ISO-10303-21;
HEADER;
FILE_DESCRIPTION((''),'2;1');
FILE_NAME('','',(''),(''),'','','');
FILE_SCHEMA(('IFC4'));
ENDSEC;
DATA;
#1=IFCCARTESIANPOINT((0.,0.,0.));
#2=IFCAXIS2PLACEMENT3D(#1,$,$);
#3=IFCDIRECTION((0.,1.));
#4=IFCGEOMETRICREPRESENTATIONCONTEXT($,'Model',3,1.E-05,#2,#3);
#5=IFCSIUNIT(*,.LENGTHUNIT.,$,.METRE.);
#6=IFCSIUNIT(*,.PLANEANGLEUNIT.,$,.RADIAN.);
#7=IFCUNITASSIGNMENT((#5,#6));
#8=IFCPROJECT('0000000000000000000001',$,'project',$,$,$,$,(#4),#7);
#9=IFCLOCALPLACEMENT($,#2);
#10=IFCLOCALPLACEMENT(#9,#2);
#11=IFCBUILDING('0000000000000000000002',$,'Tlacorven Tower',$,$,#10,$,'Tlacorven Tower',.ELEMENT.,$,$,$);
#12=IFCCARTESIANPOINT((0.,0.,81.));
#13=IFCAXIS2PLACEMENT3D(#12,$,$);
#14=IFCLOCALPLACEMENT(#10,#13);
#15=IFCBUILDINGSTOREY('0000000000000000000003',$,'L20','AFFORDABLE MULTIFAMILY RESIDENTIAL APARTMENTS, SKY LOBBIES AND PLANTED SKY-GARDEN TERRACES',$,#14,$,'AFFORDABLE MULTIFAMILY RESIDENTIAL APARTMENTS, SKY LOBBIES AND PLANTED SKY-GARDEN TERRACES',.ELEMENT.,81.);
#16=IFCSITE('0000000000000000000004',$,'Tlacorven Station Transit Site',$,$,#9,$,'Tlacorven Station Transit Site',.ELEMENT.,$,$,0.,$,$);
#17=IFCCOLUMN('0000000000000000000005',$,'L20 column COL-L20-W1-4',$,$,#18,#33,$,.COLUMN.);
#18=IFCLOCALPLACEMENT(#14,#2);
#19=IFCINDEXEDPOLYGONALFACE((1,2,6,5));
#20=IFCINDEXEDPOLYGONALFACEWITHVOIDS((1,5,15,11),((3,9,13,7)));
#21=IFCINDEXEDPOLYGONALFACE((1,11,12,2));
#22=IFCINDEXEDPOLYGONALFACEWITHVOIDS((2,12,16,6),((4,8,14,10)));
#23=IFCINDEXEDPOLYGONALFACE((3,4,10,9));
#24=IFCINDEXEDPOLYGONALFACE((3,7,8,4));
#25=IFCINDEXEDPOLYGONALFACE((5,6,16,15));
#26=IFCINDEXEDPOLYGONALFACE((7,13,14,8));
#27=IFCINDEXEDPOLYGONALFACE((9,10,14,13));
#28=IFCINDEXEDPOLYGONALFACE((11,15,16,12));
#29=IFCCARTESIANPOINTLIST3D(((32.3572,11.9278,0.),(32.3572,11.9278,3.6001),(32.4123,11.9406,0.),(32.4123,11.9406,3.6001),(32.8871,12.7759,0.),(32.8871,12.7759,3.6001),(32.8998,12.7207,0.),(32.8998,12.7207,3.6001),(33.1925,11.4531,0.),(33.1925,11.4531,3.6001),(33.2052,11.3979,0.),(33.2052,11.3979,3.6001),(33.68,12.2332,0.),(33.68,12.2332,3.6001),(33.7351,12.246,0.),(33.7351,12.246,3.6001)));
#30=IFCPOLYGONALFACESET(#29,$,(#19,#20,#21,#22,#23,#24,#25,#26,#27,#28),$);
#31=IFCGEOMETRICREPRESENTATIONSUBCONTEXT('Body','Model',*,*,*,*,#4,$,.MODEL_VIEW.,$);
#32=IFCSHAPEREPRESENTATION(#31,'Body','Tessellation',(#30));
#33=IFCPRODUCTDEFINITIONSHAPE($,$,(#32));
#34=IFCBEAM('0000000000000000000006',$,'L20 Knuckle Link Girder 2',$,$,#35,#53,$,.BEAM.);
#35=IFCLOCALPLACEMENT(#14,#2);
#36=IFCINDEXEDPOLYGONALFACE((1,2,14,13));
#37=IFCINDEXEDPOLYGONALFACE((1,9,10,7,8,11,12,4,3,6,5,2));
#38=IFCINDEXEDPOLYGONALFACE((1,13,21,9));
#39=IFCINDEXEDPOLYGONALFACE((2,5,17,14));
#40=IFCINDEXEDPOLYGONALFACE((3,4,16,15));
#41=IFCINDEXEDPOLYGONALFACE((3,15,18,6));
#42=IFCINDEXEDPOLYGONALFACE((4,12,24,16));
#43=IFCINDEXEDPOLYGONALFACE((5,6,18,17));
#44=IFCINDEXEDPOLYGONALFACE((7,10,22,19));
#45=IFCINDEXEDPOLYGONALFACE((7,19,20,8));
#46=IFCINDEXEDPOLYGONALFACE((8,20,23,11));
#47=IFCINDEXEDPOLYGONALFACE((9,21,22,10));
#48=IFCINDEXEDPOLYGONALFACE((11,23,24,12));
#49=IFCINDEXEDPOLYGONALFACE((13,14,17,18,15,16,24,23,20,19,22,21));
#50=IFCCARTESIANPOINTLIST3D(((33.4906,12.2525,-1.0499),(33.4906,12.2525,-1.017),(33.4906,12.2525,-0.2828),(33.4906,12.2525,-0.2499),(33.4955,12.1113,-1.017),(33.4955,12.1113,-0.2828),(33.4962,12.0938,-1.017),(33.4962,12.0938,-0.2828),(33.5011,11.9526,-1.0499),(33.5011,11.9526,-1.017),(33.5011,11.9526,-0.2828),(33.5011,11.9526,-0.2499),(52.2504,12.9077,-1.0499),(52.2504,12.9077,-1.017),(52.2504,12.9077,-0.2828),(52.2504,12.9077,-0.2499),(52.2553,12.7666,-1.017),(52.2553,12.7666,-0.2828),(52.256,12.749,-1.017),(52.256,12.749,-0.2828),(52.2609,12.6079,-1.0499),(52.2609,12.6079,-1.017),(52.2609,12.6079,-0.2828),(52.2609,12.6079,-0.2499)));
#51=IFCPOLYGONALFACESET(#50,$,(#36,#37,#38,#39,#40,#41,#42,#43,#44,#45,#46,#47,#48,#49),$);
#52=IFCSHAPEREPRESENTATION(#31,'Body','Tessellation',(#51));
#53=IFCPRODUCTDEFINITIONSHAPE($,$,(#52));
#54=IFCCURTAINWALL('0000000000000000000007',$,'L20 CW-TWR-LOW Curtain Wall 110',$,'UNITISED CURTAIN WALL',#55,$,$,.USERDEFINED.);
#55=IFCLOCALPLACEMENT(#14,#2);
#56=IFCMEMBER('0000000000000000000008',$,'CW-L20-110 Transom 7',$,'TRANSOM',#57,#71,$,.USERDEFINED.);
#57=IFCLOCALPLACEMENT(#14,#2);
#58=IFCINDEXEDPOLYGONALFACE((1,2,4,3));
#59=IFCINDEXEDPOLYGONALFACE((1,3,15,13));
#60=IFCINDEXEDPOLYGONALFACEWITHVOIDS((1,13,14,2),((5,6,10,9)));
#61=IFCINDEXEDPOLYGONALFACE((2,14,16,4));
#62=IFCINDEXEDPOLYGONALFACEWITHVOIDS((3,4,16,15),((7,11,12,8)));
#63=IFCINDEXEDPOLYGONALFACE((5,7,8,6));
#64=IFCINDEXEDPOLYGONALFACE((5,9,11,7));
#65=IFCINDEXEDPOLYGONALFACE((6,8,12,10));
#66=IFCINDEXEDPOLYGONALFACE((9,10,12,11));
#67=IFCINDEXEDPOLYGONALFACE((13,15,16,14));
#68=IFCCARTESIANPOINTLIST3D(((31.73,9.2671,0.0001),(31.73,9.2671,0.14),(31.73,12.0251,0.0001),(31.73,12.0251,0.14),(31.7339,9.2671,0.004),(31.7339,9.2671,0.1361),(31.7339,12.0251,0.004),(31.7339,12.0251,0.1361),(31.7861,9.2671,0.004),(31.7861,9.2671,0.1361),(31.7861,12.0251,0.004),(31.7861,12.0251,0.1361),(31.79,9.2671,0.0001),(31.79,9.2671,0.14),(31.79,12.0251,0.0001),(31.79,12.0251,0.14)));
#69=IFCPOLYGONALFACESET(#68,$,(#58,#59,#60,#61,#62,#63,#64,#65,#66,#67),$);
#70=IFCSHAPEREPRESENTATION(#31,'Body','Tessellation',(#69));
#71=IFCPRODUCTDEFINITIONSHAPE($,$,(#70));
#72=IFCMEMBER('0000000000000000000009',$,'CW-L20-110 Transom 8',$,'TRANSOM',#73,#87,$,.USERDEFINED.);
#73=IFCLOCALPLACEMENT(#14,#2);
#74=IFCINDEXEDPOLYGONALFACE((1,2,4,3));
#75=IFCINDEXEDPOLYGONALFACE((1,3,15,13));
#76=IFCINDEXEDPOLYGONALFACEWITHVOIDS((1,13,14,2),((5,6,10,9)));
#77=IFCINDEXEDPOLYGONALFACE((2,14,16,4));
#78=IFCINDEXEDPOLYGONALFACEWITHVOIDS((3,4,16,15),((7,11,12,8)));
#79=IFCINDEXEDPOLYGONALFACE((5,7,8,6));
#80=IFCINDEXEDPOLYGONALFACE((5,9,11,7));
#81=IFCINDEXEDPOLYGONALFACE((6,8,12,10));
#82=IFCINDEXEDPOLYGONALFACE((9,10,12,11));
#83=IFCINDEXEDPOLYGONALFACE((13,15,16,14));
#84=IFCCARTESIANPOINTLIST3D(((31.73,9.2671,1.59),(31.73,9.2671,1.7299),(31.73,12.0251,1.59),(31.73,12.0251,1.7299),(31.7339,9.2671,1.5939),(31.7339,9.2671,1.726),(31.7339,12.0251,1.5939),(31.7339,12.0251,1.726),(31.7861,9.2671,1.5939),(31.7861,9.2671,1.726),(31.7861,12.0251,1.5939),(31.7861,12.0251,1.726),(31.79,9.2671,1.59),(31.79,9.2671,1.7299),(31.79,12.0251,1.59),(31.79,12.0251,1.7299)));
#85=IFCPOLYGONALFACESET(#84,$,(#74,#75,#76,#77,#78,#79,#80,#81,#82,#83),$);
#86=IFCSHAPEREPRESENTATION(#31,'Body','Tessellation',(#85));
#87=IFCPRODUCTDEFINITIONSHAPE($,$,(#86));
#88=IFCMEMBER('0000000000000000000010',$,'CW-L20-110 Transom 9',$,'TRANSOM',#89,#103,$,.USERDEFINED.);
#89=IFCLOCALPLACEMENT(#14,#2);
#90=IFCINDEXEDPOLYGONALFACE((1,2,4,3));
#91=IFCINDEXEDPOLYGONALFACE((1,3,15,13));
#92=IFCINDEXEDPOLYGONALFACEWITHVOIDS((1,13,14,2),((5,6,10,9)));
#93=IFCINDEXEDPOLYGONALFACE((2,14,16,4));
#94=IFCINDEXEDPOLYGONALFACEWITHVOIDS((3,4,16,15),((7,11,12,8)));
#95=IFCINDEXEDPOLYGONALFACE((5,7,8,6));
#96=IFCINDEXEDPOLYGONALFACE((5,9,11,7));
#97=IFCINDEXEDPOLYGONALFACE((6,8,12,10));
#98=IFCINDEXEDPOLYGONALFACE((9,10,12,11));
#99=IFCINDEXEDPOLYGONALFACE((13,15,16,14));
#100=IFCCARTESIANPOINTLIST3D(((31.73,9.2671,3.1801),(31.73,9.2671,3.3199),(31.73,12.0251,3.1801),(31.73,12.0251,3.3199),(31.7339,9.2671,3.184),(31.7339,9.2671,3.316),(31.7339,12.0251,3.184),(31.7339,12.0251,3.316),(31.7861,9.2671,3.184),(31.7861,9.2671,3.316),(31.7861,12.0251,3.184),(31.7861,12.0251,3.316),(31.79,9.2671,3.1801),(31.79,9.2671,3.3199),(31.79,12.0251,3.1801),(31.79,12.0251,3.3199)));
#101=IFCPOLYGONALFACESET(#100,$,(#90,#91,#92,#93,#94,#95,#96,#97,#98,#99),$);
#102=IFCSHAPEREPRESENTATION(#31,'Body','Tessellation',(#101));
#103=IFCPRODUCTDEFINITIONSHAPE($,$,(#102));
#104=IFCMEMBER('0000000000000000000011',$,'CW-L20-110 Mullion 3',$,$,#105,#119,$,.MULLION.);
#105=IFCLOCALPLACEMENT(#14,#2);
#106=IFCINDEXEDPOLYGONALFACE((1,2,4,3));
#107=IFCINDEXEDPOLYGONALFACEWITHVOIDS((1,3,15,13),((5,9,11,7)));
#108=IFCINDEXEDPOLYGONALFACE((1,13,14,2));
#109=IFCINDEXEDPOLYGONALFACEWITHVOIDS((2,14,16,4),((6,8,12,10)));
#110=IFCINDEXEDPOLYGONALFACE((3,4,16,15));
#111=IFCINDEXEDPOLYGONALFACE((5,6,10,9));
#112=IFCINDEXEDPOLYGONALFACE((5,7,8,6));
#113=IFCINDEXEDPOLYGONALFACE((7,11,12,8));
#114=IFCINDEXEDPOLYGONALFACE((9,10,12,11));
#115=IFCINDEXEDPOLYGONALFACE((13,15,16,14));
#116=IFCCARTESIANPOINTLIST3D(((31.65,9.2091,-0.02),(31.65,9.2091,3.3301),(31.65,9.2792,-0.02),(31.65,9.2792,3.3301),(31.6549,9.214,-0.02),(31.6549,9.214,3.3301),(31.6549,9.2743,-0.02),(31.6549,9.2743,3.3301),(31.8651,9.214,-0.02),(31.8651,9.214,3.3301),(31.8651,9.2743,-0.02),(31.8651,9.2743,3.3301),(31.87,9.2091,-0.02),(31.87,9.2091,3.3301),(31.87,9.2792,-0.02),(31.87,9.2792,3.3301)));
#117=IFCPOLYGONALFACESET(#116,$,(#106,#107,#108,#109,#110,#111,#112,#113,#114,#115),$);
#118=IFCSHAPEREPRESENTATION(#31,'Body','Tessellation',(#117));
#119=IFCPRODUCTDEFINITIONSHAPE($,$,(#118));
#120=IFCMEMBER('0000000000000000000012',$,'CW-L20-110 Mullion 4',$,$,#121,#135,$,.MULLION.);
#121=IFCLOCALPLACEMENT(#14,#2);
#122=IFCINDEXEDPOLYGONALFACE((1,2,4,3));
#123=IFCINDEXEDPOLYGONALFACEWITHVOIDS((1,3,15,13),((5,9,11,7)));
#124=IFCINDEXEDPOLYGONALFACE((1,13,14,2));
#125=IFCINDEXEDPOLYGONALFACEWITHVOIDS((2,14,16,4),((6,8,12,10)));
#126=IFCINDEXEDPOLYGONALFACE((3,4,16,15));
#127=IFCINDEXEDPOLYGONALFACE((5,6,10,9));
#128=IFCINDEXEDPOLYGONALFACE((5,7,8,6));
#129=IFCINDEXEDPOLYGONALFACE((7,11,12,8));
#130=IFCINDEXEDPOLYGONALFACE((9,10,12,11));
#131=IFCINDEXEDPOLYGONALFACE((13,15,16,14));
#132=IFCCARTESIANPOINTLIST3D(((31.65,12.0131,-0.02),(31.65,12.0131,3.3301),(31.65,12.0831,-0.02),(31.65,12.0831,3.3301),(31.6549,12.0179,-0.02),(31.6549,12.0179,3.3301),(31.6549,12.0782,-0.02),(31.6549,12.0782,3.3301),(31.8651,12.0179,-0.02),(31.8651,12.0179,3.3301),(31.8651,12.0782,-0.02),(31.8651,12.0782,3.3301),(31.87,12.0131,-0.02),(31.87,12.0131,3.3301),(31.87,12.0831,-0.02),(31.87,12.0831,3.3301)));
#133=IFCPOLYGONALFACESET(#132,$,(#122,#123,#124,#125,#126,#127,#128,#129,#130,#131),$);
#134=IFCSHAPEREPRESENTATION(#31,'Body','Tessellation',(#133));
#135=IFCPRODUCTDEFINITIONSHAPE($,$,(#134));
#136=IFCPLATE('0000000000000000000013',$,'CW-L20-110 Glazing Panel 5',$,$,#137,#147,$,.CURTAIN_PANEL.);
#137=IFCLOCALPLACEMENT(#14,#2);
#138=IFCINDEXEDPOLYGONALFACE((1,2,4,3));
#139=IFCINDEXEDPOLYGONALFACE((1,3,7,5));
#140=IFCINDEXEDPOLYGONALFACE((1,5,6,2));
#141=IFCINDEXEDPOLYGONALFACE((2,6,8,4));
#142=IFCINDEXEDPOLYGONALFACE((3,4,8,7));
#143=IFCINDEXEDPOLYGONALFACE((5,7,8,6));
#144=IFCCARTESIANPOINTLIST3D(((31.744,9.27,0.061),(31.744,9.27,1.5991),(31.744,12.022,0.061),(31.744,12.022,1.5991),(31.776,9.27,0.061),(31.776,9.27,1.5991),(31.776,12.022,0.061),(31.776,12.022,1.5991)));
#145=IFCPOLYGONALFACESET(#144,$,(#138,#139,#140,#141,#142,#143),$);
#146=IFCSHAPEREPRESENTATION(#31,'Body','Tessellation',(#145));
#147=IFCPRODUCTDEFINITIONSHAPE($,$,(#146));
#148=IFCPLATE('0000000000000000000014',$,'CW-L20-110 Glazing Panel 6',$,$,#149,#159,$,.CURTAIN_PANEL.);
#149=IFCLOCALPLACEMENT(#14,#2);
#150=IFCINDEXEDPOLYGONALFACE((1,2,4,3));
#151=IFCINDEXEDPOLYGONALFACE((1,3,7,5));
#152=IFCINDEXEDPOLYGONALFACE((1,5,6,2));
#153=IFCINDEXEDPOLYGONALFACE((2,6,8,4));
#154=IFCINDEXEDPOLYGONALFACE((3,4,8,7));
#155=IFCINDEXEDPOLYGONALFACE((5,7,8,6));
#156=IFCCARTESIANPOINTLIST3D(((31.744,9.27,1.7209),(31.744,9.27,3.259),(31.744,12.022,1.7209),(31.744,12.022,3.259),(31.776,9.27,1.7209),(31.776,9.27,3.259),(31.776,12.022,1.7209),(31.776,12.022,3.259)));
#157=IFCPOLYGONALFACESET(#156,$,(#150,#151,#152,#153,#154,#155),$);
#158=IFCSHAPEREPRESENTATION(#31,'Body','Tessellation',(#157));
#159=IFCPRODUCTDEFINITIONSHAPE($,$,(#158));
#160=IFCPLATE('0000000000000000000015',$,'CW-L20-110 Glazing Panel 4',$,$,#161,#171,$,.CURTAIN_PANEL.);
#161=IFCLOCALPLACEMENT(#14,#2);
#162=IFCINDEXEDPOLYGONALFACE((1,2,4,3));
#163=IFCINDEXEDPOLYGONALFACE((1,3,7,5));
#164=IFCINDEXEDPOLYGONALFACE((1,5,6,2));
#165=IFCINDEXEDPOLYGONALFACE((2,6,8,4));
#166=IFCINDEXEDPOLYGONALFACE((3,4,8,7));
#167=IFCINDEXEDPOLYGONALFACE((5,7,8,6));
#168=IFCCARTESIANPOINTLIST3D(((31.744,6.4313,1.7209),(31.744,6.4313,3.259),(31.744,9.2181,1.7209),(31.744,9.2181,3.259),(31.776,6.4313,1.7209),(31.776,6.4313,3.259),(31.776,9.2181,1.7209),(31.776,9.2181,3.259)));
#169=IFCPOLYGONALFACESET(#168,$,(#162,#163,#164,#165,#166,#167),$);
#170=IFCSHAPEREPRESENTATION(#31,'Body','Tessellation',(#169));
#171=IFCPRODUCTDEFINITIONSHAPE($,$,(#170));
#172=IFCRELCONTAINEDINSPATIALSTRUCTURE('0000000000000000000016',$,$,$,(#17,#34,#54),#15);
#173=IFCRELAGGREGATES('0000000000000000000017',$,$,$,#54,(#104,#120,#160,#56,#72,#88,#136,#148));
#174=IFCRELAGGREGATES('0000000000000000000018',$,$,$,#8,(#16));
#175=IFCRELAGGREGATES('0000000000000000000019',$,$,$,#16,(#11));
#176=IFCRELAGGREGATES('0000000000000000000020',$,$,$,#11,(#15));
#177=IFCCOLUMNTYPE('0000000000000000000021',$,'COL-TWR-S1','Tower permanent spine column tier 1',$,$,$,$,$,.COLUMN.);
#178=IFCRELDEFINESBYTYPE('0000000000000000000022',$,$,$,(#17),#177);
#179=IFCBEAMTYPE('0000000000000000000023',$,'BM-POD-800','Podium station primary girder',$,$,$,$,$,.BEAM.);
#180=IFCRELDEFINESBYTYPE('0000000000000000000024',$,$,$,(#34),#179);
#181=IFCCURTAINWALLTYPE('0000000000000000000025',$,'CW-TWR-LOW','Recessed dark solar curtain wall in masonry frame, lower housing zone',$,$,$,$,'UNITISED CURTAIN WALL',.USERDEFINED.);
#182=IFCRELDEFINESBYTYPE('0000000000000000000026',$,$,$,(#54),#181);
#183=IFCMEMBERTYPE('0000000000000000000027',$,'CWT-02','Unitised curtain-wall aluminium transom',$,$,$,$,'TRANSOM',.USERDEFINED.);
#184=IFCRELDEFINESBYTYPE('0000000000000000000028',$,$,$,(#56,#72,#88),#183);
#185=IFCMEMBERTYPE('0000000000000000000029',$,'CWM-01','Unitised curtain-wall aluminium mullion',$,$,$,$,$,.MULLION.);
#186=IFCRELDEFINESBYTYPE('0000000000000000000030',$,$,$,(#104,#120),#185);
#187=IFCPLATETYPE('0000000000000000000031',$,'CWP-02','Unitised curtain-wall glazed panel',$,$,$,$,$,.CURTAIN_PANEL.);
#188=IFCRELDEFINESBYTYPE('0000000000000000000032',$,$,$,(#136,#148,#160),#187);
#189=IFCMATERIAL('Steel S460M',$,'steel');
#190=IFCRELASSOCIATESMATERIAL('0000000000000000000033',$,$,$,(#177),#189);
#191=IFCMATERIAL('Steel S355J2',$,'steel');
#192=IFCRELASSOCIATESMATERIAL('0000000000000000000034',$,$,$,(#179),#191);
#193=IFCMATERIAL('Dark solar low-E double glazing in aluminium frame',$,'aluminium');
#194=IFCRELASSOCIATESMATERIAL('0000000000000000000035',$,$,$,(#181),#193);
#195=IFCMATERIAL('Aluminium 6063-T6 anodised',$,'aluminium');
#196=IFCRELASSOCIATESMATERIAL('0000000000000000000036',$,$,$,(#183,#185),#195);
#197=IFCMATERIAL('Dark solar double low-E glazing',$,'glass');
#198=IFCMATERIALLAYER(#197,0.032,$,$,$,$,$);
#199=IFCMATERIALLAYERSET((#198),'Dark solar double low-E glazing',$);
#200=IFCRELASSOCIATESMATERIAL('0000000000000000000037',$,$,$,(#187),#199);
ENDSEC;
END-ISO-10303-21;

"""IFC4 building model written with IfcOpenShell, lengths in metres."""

from ifc_helpers import new_model, si_unit, direction, frame, origin, origin_2d, place, context, subcontext, project, spatial, rectangle, hollow_rectangle, i_section, extrude, source, transform, mapped, material, layer, layer_set, material_profile, profile_set, type_object, element, aggregate, save


model = new_model("IFC4")

# Units and contexts
model_context = context("Model", 3, precision=1e-05, world=origin(), true_north=direction((0.0, 1.0)))
body_context = subcontext(model_context, "Body", "Model", "MODEL_VIEW")
ifc_project = project(units=[si_unit("LENGTHUNIT", "METRE"), si_unit("PLANEANGLEUNIT", "RADIAN")], contexts=[model_context])

# Site, building, storey
site_placement = place(None, origin())
site = spatial("IfcSite", under=ifc_project, at=site_placement, Name="Tlacorven Station Transit Site", LongName="Tlacorven Station Transit Site", CompositionType="ELEMENT", RefElevation=0.0)
building_placement = place(site_placement, origin())
building = spatial("IfcBuilding", under=site, at=building_placement, Name="Tlacorven Tower", LongName="Tlacorven Tower", CompositionType="ELEMENT")
storey_placement = place(building_placement, frame((0.0, 0.0, 81.0)))
storey = spatial("IfcBuildingStorey", under=building, at=storey_placement, Name="L20", Description="AFFORDABLE MULTIFAMILY RESIDENTIAL APARTMENTS, SKY LOBBIES AND PLANTED SKY-GARDEN TERRACES", LongName="AFFORDABLE MULTIFAMILY RESIDENTIAL APARTMENTS, SKY LOBBIES AND PLANTED SKY-GARDEN TERRACES", CompositionType="ELEMENT", Elevation=81.0)

# Column
ifc_material_1 = material(Name="Steel S460M", Category="steel")
ifc_material_profile_1 = material_profile(ifc_material_1, hollow_rectangle(XDim=1.0, YDim=1.0, WallThickness=0.04, at=origin_2d()), Name="BOX 1000X1000X40")
ifc_profile_set_1 = profile_set([ifc_material_profile_1], Name="Steel S460M")
column_type = type_object("IfcColumnType", Name="COL-TWR-S1", Description="Tower permanent spine column tier 1", PredefinedType="COLUMN", material=ifc_profile_set_1)
shared_shape_1 = source(origin(), body_context, "Body", "SweptSolid", [
    extrude(hollow_rectangle(XDim=1.0, YDim=1.0, WallThickness=0.04, at=origin_2d()), origin(), (0.0, 0.0, 1.0), 3.6001),
])
column_placement = place(storey_placement, frame((33.0461, 12.0869, 0.0), z_axis=(0.0, 0.0, 1.0), x_axis=(-0.848048, 0.529919, 0.0)))
element("IfcColumn", 1, at=column_placement, inside=storey, type_object=column_type, Name="L20 column COL-L20-W1-4", PredefinedType="COLUMN", context=body_context, shape_type="MappedRepresentation", body=[
    mapped(shared_shape_1, transform((0.0, 0.0, 0.0), scale=1.0)),
])

# Beam
ifc_material_2 = material(Name="Steel S355J2", Category="steel")
ifc_material_profile_2 = material_profile(ifc_material_2, i_section(OverallWidth=0.3, OverallDepth=0.8, WebThickness=0.0176, FlangeThickness=0.033, at=origin_2d()), Name="HEB 800")
ifc_profile_set_2 = profile_set([ifc_material_profile_2], Name="Steel S355J2")
beam_type = type_object("IfcBeamType", Name="BM-POD-800", Description="Podium station primary girder", PredefinedType="BEAM", material=ifc_profile_set_2)
shared_shape_2 = source(origin(), body_context, "Body", "SweptSolid", [
    extrude(i_section(OverallWidth=0.3, OverallDepth=0.8, WebThickness=0.0176, FlangeThickness=0.033, at=origin_2d()), origin(), (0.0, 0.0, 1.0), 18.7712),
])
beam_placement = place(storey_placement, frame((33.4958, 12.1025, -0.6499), z_axis=(0.999391, 0.034908, 0.0), x_axis=(-0.034908, 0.999391, 0.0)))
element("IfcBeam", 2, at=beam_placement, inside=storey, type_object=beam_type, Name="L20 Knuckle Link Girder 2", PredefinedType="BEAM", context=body_context, shape_type="MappedRepresentation", body=[
    mapped(shared_shape_2, transform((0.0, 0.0, 0.0), scale=1.0)),
])

# Curtain wall, members, plates
ifc_material_3 = material(Name="Dark solar low-E double glazing in aluminium frame", Category="aluminium")
curtain_wall_type = type_object("IfcCurtainWallType", Name="CW-TWR-LOW", Description="Recessed dark solar curtain wall in masonry frame, lower housing zone", ElementType="UNITISED CURTAIN WALL", PredefinedType="USERDEFINED", material=ifc_material_3)
curtain_wall_placement = place(storey_placement, origin())
curtain_wall = element("IfcCurtainWall", 3, at=curtain_wall_placement, inside=storey, type_object=curtain_wall_type, Name="L20 CW-TWR-LOW Curtain Wall 110", ObjectType="UNITISED CURTAIN WALL", PredefinedType="USERDEFINED")
ifc_material_4 = material(Name="Aluminium 6063-T6 anodised", Category="aluminium")
ifc_material_profile_3 = material_profile(ifc_material_4, hollow_rectangle(XDim=0.0601, YDim=0.1399, WallThickness=0.0039, at=origin_2d()), Name="ALU TRANSOM 60X140")
ifc_profile_set_3 = profile_set([ifc_material_profile_3], Name="Aluminium 6063-T6 anodised")
member_type_1 = type_object("IfcMemberType", Name="CWT-02", Description="Unitised curtain-wall aluminium transom", ElementType="TRANSOM", PredefinedType="USERDEFINED", material=ifc_profile_set_3)
shared_shape_3 = source(origin(), body_context, "Body", "SweptSolid", [
    extrude(hollow_rectangle(XDim=0.0601, YDim=0.1399, WallThickness=0.0039, at=origin_2d()), origin(), (0.0, 0.0, 1.0), 2.7581),
])
member_1_placement = place(storey_placement, frame((31.76, 9.2671, 0.0701), z_axis=(0.0, 1.0, 0.0), x_axis=(-1.0, 0.0, 0.0)))
member_1 = element("IfcMember", 4, at=member_1_placement, type_object=member_type_1, Name="CW-L20-110 Transom 7", ObjectType="TRANSOM", PredefinedType="USERDEFINED", context=body_context, shape_type="MappedRepresentation", body=[
    mapped(shared_shape_3, transform((0.0, 0.0, 0.0), scale=1.0)),
])
member_2_placement = place(storey_placement, frame((31.76, 9.2671, 1.6599), z_axis=(0.0, 1.0, 0.0), x_axis=(-1.0, 0.0, 0.0)))
member_2 = element("IfcMember", 5, at=member_2_placement, type_object=member_type_1, Name="CW-L20-110 Transom 8", ObjectType="TRANSOM", PredefinedType="USERDEFINED", context=body_context, shape_type="MappedRepresentation", body=[
    mapped(shared_shape_3, transform((0.0, 0.0, 0.0), scale=1.0)),
])
member_3_placement = place(storey_placement, frame((31.76, 9.2671, 3.25), z_axis=(0.0, 1.0, 0.0), x_axis=(-1.0, 0.0, 0.0)))
member_3 = element("IfcMember", 6, at=member_3_placement, type_object=member_type_1, Name="CW-L20-110 Transom 9", ObjectType="TRANSOM", PredefinedType="USERDEFINED", context=body_context, shape_type="MappedRepresentation", body=[
    mapped(shared_shape_3, transform((0.0, 0.0, 0.0), scale=1.0)),
])
ifc_material_profile_4 = material_profile(ifc_material_4, hollow_rectangle(XDim=0.0701, YDim=0.22, WallThickness=0.0049, at=origin_2d()), Name="ALU MULLION 70X220")
ifc_profile_set_4 = profile_set([ifc_material_profile_4], Name="Aluminium 6063-T6 anodised")
member_type_2 = type_object("IfcMemberType", Name="CWM-01", Description="Unitised curtain-wall aluminium mullion", PredefinedType="MULLION", material=ifc_profile_set_4)
shared_shape_4 = source(origin(), body_context, "Body", "SweptSolid", [
    extrude(hollow_rectangle(XDim=0.0701, YDim=0.22, WallThickness=0.0049, at=origin_2d()), origin(), (0.0, 0.0, 1.0), 3.3501),
])
member_4_placement = place(storey_placement, frame((31.76, 9.2441, -0.02), z_axis=(0.0, 0.0, 1.0), x_axis=(0.0, 1.0, 0.0)))
member_4 = element("IfcMember", 7, at=member_4_placement, type_object=member_type_2, Name="CW-L20-110 Mullion 3", PredefinedType="MULLION", context=body_context, shape_type="MappedRepresentation", body=[
    mapped(shared_shape_4, transform((0.0, 0.0, 0.0), scale=1.0)),
])
member_5_placement = place(storey_placement, frame((31.76, 12.0481, -0.02), z_axis=(0.0, 0.0, 1.0), x_axis=(0.0, 1.0, 0.0)))
member_5 = element("IfcMember", 8, at=member_5_placement, type_object=member_type_2, Name="CW-L20-110 Mullion 4", PredefinedType="MULLION", context=body_context, shape_type="MappedRepresentation", body=[
    mapped(shared_shape_4, transform((0.0, 0.0, 0.0), scale=1.0)),
])
ifc_material_5 = material(Name="Dark solar double low-E glazing", Category="glass")
ifc_layer_1 = layer(ifc_material_5, 0.032)
ifc_layer_set_1 = layer_set([ifc_layer_1], Name="Dark solar double low-E glazing")
plate_type = type_object("IfcPlateType", Name="CWP-02", Description="Unitised curtain-wall glazed panel", PredefinedType="CURTAIN_PANEL", material=ifc_layer_set_1)
shared_shape_5 = source(origin(), body_context, "Body", "SweptSolid", [
    extrude(rectangle(XDim=2.752, YDim=0.032, at=origin_2d()), origin(), (0.0, 0.0, 1.0), 1.5381),
])
plate_1_placement = place(storey_placement, frame((31.76, 10.646, 0.061), z_axis=(0.0, 0.0, 1.0), x_axis=(0.0, 1.0, 0.0)))
plate_1 = element("IfcPlate", 9, at=plate_1_placement, type_object=plate_type, Name="CW-L20-110 Glazing Panel 5", PredefinedType="CURTAIN_PANEL", context=body_context, shape_type="MappedRepresentation", body=[
    mapped(shared_shape_5, transform((0.0, 0.0, 0.0), scale=1.0)),
])
plate_2_placement = place(storey_placement, frame((31.76, 10.646, 1.7209), z_axis=(0.0, 0.0, 1.0), x_axis=(0.0, 1.0, 0.0)))
plate_2 = element("IfcPlate", 10, at=plate_2_placement, type_object=plate_type, Name="CW-L20-110 Glazing Panel 6", PredefinedType="CURTAIN_PANEL", context=body_context, shape_type="MappedRepresentation", body=[
    mapped(shared_shape_5, transform((0.0, 0.0, 0.0), scale=1.0)),
])
shared_shape_6 = source(origin(), body_context, "Body", "SweptSolid", [
    extrude(rectangle(XDim=2.7869, YDim=0.032, at=origin_2d()), origin(), (0.0, 0.0, 1.0), 1.5381),
])
plate_3_placement = place(storey_placement, frame((31.76, 7.8247, 1.7209), z_axis=(0.0, 0.0, 1.0), x_axis=(0.0, 1.0, 0.0)))
plate_3 = element("IfcPlate", 11, at=plate_3_placement, type_object=plate_type, Name="CW-L20-110 Glazing Panel 4", PredefinedType="CURTAIN_PANEL", context=body_context, shape_type="MappedRepresentation", body=[
    mapped(shared_shape_6, transform((0.0, 0.0, 0.0), scale=1.0)),
])
aggregate(curtain_wall, [member_4, member_5, plate_3, member_1, member_2, member_3, plate_1, plate_2])

save(model, "model.ifc")
